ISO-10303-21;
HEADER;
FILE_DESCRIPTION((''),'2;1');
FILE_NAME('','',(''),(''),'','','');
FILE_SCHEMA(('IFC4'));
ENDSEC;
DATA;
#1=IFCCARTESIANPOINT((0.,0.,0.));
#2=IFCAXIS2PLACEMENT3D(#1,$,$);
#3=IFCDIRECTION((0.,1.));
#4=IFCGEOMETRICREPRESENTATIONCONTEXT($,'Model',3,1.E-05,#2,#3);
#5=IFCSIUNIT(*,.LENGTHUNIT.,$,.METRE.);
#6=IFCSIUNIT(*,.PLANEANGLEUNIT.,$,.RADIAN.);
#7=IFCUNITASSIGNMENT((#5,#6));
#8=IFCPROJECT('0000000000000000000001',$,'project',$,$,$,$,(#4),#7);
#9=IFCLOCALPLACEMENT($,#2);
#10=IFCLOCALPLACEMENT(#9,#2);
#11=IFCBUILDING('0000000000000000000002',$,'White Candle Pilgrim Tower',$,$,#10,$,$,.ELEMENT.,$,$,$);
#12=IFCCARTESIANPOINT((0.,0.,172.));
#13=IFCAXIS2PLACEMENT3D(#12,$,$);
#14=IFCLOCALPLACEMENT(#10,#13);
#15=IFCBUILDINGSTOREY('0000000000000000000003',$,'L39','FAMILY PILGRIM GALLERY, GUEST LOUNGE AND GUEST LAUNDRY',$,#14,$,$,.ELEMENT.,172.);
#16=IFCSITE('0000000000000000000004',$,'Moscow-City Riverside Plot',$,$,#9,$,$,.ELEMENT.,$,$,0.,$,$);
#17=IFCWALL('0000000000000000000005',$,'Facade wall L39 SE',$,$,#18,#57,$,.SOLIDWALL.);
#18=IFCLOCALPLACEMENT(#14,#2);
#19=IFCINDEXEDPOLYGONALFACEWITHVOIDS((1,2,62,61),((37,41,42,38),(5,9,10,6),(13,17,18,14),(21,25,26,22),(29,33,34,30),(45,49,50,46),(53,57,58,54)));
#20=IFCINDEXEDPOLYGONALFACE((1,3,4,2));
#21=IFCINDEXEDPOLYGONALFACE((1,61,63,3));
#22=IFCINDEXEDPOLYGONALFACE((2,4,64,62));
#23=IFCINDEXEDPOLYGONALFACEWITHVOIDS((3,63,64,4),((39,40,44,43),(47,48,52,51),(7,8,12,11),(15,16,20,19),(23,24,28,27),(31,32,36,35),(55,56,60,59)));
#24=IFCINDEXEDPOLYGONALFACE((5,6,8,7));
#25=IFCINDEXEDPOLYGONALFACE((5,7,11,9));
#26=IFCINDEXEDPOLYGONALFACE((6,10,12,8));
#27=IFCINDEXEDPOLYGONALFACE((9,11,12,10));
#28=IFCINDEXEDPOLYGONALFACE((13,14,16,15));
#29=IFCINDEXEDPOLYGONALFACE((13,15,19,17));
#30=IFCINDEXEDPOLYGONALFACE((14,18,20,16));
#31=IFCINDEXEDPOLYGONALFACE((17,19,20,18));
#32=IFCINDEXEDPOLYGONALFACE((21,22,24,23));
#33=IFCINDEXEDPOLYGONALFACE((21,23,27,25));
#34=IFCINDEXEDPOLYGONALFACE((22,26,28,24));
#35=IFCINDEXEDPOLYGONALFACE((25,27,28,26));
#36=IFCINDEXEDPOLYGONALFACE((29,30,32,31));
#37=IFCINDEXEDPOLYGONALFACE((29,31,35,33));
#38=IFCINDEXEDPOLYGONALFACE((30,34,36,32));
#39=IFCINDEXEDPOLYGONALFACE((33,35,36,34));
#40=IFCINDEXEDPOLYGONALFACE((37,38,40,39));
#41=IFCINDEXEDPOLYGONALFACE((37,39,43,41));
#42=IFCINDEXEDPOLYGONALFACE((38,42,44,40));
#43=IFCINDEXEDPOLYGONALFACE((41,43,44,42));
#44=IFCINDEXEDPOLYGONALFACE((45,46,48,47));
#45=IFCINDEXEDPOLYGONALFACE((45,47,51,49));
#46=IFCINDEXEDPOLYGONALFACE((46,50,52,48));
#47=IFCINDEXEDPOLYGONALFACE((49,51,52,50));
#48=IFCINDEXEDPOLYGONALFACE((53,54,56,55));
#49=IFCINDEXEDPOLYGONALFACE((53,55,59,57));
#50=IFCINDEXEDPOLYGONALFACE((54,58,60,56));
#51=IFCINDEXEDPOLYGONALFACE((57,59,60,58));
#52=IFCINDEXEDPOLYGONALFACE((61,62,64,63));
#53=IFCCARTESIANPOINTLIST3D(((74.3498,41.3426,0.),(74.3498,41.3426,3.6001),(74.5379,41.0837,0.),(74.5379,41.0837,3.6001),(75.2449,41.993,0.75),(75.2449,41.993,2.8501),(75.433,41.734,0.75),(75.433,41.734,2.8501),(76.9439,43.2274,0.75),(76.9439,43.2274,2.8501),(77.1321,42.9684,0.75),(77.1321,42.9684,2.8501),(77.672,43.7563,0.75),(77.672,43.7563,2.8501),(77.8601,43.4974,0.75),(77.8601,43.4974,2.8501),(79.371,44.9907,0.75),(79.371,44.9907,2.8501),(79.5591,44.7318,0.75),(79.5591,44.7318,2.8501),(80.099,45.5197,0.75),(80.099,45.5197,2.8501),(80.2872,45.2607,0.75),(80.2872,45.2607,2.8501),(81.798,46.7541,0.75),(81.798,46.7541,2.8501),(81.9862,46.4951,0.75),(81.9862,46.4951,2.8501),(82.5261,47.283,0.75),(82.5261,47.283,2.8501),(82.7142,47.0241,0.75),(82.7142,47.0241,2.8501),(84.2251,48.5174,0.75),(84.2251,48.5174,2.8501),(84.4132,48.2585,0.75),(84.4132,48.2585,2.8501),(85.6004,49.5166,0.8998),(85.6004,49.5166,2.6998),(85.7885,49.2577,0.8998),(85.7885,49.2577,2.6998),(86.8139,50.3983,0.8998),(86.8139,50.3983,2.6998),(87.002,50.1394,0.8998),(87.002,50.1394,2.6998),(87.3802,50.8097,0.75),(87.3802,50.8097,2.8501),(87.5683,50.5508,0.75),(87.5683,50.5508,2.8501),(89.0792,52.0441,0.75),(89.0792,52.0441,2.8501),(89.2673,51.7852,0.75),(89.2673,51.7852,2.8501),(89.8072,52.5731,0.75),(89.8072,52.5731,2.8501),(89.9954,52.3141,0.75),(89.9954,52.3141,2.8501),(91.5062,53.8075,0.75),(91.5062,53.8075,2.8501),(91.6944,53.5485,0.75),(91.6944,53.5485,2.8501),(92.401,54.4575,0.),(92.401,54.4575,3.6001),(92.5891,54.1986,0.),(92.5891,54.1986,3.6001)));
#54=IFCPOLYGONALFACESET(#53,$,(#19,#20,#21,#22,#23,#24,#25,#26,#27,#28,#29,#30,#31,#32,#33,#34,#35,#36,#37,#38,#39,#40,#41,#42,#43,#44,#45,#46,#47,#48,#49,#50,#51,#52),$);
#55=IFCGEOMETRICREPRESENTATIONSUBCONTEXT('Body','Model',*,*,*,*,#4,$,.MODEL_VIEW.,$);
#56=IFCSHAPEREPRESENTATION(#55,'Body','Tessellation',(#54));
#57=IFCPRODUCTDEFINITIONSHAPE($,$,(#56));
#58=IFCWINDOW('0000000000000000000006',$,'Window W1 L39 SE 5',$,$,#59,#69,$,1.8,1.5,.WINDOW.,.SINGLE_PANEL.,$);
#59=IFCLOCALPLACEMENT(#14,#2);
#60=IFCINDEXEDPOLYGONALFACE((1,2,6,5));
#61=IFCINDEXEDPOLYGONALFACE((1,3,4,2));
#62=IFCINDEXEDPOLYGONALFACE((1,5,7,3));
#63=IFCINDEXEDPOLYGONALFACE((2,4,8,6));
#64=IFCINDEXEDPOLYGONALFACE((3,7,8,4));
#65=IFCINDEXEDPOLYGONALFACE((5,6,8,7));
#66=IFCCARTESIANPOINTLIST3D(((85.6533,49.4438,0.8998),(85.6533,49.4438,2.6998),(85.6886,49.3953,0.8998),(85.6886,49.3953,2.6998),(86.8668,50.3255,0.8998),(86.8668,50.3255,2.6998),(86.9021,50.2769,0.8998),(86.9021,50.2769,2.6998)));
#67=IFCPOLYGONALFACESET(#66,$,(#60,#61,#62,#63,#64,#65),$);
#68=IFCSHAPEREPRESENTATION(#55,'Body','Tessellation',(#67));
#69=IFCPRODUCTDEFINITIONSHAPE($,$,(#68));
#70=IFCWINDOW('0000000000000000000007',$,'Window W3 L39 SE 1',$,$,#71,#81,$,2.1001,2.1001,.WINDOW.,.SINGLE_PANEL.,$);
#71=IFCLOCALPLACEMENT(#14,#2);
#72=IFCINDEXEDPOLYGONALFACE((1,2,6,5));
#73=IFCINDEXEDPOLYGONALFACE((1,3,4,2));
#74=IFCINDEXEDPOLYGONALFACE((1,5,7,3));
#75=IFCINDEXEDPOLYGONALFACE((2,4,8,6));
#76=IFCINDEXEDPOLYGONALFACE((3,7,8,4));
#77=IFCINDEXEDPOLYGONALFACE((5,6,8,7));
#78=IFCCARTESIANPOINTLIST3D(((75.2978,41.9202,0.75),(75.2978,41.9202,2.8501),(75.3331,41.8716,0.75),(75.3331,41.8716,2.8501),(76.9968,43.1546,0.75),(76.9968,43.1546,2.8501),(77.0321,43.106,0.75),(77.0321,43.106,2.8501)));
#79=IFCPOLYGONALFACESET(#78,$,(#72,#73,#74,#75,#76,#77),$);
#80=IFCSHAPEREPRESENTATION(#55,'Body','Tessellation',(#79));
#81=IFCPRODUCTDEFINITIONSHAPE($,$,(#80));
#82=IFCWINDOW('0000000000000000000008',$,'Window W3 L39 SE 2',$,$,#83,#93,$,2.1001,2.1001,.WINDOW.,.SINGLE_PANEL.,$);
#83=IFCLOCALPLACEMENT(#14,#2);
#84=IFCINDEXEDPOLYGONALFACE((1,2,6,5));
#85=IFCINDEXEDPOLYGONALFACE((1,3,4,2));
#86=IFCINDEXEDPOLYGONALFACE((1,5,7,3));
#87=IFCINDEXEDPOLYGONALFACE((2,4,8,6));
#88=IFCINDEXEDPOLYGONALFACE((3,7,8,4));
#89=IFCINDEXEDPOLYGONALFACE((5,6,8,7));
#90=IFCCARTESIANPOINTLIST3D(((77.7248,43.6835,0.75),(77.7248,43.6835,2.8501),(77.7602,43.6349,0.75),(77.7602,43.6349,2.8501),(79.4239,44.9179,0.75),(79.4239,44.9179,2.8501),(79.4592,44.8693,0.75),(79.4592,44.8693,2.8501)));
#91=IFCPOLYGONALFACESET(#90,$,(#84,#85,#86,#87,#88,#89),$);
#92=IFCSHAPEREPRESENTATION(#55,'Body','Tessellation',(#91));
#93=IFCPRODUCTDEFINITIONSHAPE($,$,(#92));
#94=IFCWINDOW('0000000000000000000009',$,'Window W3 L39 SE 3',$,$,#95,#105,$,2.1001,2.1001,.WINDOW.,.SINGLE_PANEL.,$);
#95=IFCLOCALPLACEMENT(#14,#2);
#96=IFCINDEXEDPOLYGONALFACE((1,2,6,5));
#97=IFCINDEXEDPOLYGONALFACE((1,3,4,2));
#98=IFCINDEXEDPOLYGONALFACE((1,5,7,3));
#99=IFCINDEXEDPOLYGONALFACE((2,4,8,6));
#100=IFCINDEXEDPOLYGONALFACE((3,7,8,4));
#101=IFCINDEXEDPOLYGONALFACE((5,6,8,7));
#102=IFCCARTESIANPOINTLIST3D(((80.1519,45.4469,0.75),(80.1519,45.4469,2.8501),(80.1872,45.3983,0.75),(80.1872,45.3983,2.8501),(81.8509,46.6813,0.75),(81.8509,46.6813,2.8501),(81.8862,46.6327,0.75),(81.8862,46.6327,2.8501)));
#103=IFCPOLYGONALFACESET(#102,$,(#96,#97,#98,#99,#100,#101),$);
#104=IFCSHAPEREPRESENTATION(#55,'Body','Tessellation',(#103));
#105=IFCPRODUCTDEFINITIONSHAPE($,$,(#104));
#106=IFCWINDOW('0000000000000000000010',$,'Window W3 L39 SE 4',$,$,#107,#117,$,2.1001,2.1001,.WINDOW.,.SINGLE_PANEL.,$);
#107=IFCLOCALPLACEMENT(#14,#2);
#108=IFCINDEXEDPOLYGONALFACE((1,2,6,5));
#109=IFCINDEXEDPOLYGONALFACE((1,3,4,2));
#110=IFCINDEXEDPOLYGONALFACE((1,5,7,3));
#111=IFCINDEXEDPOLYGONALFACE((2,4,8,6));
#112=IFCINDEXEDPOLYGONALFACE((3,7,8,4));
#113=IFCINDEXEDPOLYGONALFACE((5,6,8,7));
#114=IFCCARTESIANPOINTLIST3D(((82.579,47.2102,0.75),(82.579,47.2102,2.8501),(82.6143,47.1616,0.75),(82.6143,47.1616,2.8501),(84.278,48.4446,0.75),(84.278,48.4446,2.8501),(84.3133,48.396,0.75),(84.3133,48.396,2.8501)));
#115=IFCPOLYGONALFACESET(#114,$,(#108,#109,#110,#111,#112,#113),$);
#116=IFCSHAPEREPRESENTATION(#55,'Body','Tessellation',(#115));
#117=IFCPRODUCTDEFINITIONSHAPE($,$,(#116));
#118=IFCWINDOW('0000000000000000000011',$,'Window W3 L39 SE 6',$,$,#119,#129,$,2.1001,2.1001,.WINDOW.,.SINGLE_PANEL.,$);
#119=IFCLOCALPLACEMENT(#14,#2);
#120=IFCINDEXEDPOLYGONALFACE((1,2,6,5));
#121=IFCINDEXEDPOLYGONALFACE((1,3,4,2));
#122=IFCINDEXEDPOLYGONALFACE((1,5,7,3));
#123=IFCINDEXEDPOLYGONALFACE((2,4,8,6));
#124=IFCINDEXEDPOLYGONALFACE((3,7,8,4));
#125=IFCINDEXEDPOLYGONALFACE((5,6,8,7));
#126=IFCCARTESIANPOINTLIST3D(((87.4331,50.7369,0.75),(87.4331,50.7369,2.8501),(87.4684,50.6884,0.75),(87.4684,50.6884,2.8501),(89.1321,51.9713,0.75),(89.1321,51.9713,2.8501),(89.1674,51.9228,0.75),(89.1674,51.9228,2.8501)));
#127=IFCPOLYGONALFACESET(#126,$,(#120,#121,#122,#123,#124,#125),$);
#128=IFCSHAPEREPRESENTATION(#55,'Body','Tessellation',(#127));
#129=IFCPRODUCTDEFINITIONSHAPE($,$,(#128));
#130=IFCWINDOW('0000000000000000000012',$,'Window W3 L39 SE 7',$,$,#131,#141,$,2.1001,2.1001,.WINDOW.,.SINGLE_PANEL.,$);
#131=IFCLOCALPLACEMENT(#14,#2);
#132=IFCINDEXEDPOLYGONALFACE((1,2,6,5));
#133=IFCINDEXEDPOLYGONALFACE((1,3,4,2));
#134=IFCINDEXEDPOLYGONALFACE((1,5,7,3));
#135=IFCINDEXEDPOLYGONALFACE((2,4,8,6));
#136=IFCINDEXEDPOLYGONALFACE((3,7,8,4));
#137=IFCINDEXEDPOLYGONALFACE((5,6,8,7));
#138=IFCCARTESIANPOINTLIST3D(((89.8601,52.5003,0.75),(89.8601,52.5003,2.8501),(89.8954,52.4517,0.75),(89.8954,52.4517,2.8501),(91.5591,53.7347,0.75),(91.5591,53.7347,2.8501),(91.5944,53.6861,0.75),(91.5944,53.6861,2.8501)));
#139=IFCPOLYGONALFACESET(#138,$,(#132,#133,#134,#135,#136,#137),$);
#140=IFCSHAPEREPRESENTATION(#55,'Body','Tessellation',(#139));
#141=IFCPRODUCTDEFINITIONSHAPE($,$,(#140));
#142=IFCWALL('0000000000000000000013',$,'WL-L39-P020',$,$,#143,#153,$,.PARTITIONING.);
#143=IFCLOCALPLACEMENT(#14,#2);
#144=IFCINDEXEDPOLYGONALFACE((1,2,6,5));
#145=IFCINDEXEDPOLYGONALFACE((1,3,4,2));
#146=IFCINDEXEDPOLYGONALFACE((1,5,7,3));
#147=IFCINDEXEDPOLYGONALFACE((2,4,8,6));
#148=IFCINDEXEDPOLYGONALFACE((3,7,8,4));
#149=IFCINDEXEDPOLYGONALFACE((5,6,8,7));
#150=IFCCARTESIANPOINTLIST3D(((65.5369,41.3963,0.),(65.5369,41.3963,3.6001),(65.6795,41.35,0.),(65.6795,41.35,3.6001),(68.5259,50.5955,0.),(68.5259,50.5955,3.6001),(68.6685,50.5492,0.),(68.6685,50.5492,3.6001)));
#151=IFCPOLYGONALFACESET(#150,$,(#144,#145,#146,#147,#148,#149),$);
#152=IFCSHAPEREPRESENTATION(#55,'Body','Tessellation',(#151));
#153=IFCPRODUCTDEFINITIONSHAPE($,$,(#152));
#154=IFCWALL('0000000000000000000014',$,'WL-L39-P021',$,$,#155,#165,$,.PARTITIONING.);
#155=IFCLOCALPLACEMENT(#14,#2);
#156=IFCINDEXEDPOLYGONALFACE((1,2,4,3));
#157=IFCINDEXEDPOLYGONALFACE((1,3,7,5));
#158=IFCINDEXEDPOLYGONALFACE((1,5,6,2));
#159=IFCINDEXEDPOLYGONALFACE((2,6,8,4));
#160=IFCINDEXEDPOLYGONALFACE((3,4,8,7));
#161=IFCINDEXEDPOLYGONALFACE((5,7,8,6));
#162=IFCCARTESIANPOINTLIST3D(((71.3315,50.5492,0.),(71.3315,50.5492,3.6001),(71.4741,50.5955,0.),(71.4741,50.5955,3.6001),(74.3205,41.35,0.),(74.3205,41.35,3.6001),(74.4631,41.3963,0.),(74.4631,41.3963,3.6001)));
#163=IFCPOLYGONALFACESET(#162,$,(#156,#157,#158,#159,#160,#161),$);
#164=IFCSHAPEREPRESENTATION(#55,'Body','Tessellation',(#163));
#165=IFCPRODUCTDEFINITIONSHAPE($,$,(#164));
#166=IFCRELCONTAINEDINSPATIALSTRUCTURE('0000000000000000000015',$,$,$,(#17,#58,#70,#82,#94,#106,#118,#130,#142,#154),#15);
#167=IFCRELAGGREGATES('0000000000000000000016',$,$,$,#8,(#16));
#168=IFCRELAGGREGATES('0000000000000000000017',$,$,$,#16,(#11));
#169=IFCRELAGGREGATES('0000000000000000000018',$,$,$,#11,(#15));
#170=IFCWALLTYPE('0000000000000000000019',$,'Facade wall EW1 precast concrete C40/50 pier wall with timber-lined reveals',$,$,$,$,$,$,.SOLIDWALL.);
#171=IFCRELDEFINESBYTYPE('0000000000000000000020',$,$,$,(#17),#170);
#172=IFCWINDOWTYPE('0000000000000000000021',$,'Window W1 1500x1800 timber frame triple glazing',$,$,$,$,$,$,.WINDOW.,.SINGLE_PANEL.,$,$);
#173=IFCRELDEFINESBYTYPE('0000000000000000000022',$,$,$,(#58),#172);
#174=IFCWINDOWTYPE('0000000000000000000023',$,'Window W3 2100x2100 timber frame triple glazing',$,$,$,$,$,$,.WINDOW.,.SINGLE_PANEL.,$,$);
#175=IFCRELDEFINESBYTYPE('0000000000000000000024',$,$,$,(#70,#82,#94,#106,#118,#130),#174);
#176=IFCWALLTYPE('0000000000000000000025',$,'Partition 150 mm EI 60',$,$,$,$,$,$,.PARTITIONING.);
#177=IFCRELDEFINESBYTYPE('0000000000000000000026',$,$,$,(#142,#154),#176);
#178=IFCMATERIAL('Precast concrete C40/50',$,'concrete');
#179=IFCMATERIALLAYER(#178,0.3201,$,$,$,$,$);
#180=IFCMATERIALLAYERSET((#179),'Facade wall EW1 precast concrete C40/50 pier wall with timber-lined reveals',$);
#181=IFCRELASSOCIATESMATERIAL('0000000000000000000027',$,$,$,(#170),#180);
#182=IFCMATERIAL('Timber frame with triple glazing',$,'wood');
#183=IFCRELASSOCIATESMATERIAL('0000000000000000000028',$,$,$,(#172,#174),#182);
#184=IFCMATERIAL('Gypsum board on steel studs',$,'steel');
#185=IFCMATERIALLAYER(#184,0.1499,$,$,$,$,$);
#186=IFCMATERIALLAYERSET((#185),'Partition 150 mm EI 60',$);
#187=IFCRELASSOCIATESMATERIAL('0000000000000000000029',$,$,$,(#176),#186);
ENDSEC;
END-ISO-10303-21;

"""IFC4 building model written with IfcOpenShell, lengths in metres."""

from ifc_helpers import new_model, si_unit, direction, frame, frame_2d, origin, place, context, subcontext, project, spatial, rectangle, extrude, material, layer, layer_set, type_object, element, fill, save


model = new_model("IFC4")

# Units and contexts
model_context = context("Model", 3, precision=1e-05, world=origin(), true_north=direction((0.0, 1.0)))
body_context = subcontext(model_context, "Body", "Model", "MODEL_VIEW")
ifc_project = project(units=[si_unit("LENGTHUNIT", "METRE"), si_unit("PLANEANGLEUNIT", "RADIAN")], contexts=[model_context])

# Site, building, storey
site_placement = place(None, origin())
site = spatial("IfcSite", under=ifc_project, at=site_placement, Name="Moscow-City Riverside Plot", CompositionType="ELEMENT", RefElevation=0.0)
building_placement = place(site_placement, origin())
building = spatial("IfcBuilding", under=site, at=building_placement, Name="White Candle Pilgrim Tower", CompositionType="ELEMENT")
storey_placement = place(building_placement, frame((0.0, 0.0, 172.0)))
storey = spatial("IfcBuildingStorey", under=building, at=storey_placement, Name="L39", Description="FAMILY PILGRIM GALLERY, GUEST LOUNGE AND GUEST LAUNDRY", CompositionType="ELEMENT", Elevation=172.0)

# Shared definitions
ifc_material_1 = material(Name="Gypsum board on steel studs", Category="steel")

# Wall, openings, windows
ifc_material_2 = material(Name="Precast concrete C40/50", Category="concrete")
ifc_layer_1 = layer(ifc_material_2, 0.3201)
ifc_layer_set_1 = layer_set([ifc_layer_1], Name="Facade wall EW1 precast concrete C40/50 pier wall with timber-lined reveals")
wall_type_1 = type_object("IfcWallType", Name="Facade wall EW1 precast concrete C40/50 pier wall with timber-lined reveals", PredefinedType="SOLIDWALL", material=ifc_layer_set_1)
wall_1_placement = place(storey_placement, frame((74.4438, 41.2131, 0.0), z_axis=(0.0, 0.0, 1.0), x_axis=(0.809018, 0.587785, 0.0)))
wall_1 = element("IfcWall", 1, at=wall_1_placement, inside=storey, type_object=wall_type_1, Name="Facade wall L39 SE", PredefinedType="SOLIDWALL", context=body_context, shape_type="SweptSolid", body=[
    extrude(rectangle(XDim=22.3125, YDim=0.3201, at=frame_2d((11.1562, 0.0))), origin(), (0.0, 0.0, 1.0), 3.6001),
])
opening_1_placement = place(wall_1_placement, frame((1.1064, 0.0, 0.75)))
opening_1 = element("IfcOpeningElement", 2, at=opening_1_placement, cuts=wall_1, PredefinedType="OPENING", context=body_context, shape_type="SweptSolid", body=[
    extrude(rectangle(XDim=2.1001, YDim=2.1001, at=frame_2d((1.05, 1.05))), frame((0.0, 0.1699, 0.0), z_axis=(0.0, -1.0, 0.0), x_axis=(1.0, 0.0, 0.0)), (0.0, 0.0, 1.0), 0.3401),
])
opening_2_placement = place(wall_1_placement, frame((4.1064, 0.0, 0.75)))
opening_2 = element("IfcOpeningElement", 3, at=opening_2_placement, cuts=wall_1, PredefinedType="OPENING", context=body_context, shape_type="SweptSolid", body=[
    extrude(rectangle(XDim=2.1001, YDim=2.1001, at=frame_2d((1.05, 1.05))), frame((0.0, 0.1699, 0.0), z_axis=(0.0, -1.0, 0.0), x_axis=(1.0, 0.0, 0.0)), (0.0, 0.0, 1.0), 0.3401),
])
opening_3_placement = place(wall_1_placement, frame((7.1064, 0.0, 0.75)))
opening_3 = element("IfcOpeningElement", 4, at=opening_3_placement, cuts=wall_1, PredefinedType="OPENING", context=body_context, shape_type="SweptSolid", body=[
    extrude(rectangle(XDim=2.1001, YDim=2.1001, at=frame_2d((1.05, 1.05))), frame((0.0, 0.1699, 0.0), z_axis=(0.0, -1.0, 0.0), x_axis=(1.0, 0.0, 0.0)), (0.0, 0.0, 1.0), 0.3401),
])
opening_4_placement = place(wall_1_placement, frame((10.1064, 0.0, 0.75)))
opening_4 = element("IfcOpeningElement", 5, at=opening_4_placement, cuts=wall_1, PredefinedType="OPENING", context=body_context, shape_type="SweptSolid", body=[
    extrude(rectangle(XDim=2.1001, YDim=2.1001, at=frame_2d((1.05, 1.05))), frame((0.0, 0.1699, 0.0), z_axis=(0.0, -1.0, 0.0), x_axis=(1.0, 0.0, 0.0)), (0.0, 0.0, 1.0), 0.3401),
])
opening_5_placement = place(wall_1_placement, frame((13.9065, 0.0, 0.8999)))
opening_5 = element("IfcOpeningElement", 6, at=opening_5_placement, cuts=wall_1, PredefinedType="OPENING", context=body_context, shape_type="SweptSolid", body=[
    extrude(rectangle(XDim=1.5, YDim=1.8, at=frame_2d((0.75, 0.8999))), frame((0.0, 0.1699, 0.0), z_axis=(0.0, -1.0, 0.0), x_axis=(1.0, 0.0, 0.0)), (0.0, 0.0, 1.0), 0.3401),
])
opening_6_placement = place(wall_1_placement, frame((16.1064, 0.0, 0.75)))
opening_6 = element("IfcOpeningElement", 7, at=opening_6_placement, cuts=wall_1, PredefinedType="OPENING", context=body_context, shape_type="SweptSolid", body=[
    extrude(rectangle(XDim=2.1001, YDim=2.1001, at=frame_2d((1.05, 1.05))), frame((0.0, 0.1699, 0.0), z_axis=(0.0, -1.0, 0.0), x_axis=(1.0, 0.0, 0.0)), (0.0, 0.0, 1.0), 0.3401),
])
opening_7_placement = place(wall_1_placement, frame((19.1064, 0.0, 0.75)))
opening_7 = element("IfcOpeningElement", 8, at=opening_7_placement, cuts=wall_1, PredefinedType="OPENING", context=body_context, shape_type="SweptSolid", body=[
    extrude(rectangle(XDim=2.1001, YDim=2.1001, at=frame_2d((1.05, 1.05))), frame((0.0, 0.1699, 0.0), z_axis=(0.0, -1.0, 0.0), x_axis=(1.0, 0.0, 0.0)), (0.0, 0.0, 1.0), 0.3401),
])
ifc_material_3 = material(Name="Timber frame with triple glazing", Category="wood")
window_type_1 = type_object("IfcWindowType", Name="Window W1 1500x1800 timber frame triple glazing", PartitioningType="SINGLE_PANEL", PredefinedType="WINDOW", material=ifc_material_3)
window_1_placement = place(opening_5_placement, origin())
window_1 = element("IfcWindow", 9, at=window_1_placement, inside=storey, type_object=window_type_1, Name="Window W1 L39 SE 5", OverallHeight=1.8, OverallWidth=1.5, PartitioningType="SINGLE_PANEL", PredefinedType="WINDOW", context=body_context, shape_type="SweptSolid", body=[
    extrude(rectangle(XDim=1.5, YDim=1.8, at=frame_2d((0.75, 0.8999))), frame((0.0, 0.0701, 0.0), z_axis=(0.0, -1.0, 0.0), x_axis=(1.0, 0.0, 0.0)), (0.0, 0.0, 1.0), 0.0601),
])
fill(opening_5, window_1)
window_type_2 = type_object("IfcWindowType", Name="Window W3 2100x2100 timber frame triple glazing", PartitioningType="SINGLE_PANEL", PredefinedType="WINDOW", material=ifc_material_3)
window_2_placement = place(opening_1_placement, origin())
window_2 = element("IfcWindow", 10, at=window_2_placement, inside=storey, type_object=window_type_2, Name="Window W3 L39 SE 1", OverallHeight=2.1001, OverallWidth=2.1001, PartitioningType="SINGLE_PANEL", PredefinedType="WINDOW", context=body_context, shape_type="SweptSolid", body=[
    extrude(rectangle(XDim=2.1001, YDim=2.1001, at=frame_2d((1.05, 1.05))), frame((0.0, 0.0701, 0.0), z_axis=(0.0, -1.0, 0.0), x_axis=(1.0, 0.0, 0.0)), (0.0, 0.0, 1.0), 0.0601),
])
fill(opening_1, window_2)
window_3_placement = place(opening_2_placement, origin())
window_3 = element("IfcWindow", 11, at=window_3_placement, inside=storey, type_object=window_type_2, Name="Window W3 L39 SE 2", OverallHeight=2.1001, OverallWidth=2.1001, PartitioningType="SINGLE_PANEL", PredefinedType="WINDOW", context=body_context, shape_type="SweptSolid", body=[
    extrude(rectangle(XDim=2.1001, YDim=2.1001, at=frame_2d((1.05, 1.05))), frame((0.0, 0.0701, 0.0), z_axis=(0.0, -1.0, 0.0), x_axis=(1.0, 0.0, 0.0)), (0.0, 0.0, 1.0), 0.0601),
])
fill(opening_2, window_3)
window_4_placement = place(opening_3_placement, origin())
window_4 = element("IfcWindow", 12, at=window_4_placement, inside=storey, type_object=window_type_2, Name="Window W3 L39 SE 3", OverallHeight=2.1001, OverallWidth=2.1001, PartitioningType="SINGLE_PANEL", PredefinedType="WINDOW", context=body_context, shape_type="SweptSolid", body=[
    extrude(rectangle(XDim=2.1001, YDim=2.1001, at=frame_2d((1.05, 1.05))), frame((0.0, 0.0701, 0.0), z_axis=(0.0, -1.0, 0.0), x_axis=(1.0, 0.0, 0.0)), (0.0, 0.0, 1.0), 0.0601),
])
fill(opening_3, window_4)
window_5_placement = place(opening_4_placement, origin())
window_5 = element("IfcWindow", 13, at=window_5_placement, inside=storey, type_object=window_type_2, Name="Window W3 L39 SE 4", OverallHeight=2.1001, OverallWidth=2.1001, PartitioningType="SINGLE_PANEL", PredefinedType="WINDOW", context=body_context, shape_type="SweptSolid", body=[
    extrude(rectangle(XDim=2.1001, YDim=2.1001, at=frame_2d((1.05, 1.05))), frame((0.0, 0.0701, 0.0), z_axis=(0.0, -1.0, 0.0), x_axis=(1.0, 0.0, 0.0)), (0.0, 0.0, 1.0), 0.0601),
])
fill(opening_4, window_5)
window_6_placement = place(opening_6_placement, origin())
window_6 = element("IfcWindow", 14, at=window_6_placement, inside=storey, type_object=window_type_2, Name="Window W3 L39 SE 6", OverallHeight=2.1001, OverallWidth=2.1001, PartitioningType="SINGLE_PANEL", PredefinedType="WINDOW", context=body_context, shape_type="SweptSolid", body=[
    extrude(rectangle(XDim=2.1001, YDim=2.1001, at=frame_2d((1.05, 1.05))), frame((0.0, 0.0701, 0.0), z_axis=(0.0, -1.0, 0.0), x_axis=(1.0, 0.0, 0.0)), (0.0, 0.0, 1.0), 0.0601),
])
fill(opening_6, window_6)
window_7_placement = place(opening_7_placement, origin())
window_7 = element("IfcWindow", 15, at=window_7_placement, inside=storey, type_object=window_type_2, Name="Window W3 L39 SE 7", OverallHeight=2.1001, OverallWidth=2.1001, PartitioningType="SINGLE_PANEL", PredefinedType="WINDOW", context=body_context, shape_type="SweptSolid", body=[
    extrude(rectangle(XDim=2.1001, YDim=2.1001, at=frame_2d((1.05, 1.05))), frame((0.0, 0.0701, 0.0), z_axis=(0.0, -1.0, 0.0), x_axis=(1.0, 0.0, 0.0)), (0.0, 0.0, 1.0), 0.0601),
])
fill(opening_7, window_7)

# Walls
ifc_layer_2 = layer(ifc_material_1, 0.1499)
ifc_layer_set_2 = layer_set([ifc_layer_2], Name="Partition 150 mm EI 60")
wall_type_2 = type_object("IfcWallType", Name="Partition 150 mm EI 60", PredefinedType="PARTITIONING", material=ifc_layer_set_2)
for number, where, z_axis, x_axis, name in (
    (16, (65.6082, 41.373, 0.0), (0.0, 0.0, 1.0), (0.309018, 0.951056, 0.0), "WL-L39-P020"),
    (17, (74.3918, 41.373, 0.0), (0.0, 0.0, 1.0), (-0.309018, 0.951056, 0.0), "WL-L39-P021"),
):
    element("IfcWall", number, at=place(storey_placement, frame(where, z_axis=z_axis, x_axis=x_axis)), inside=storey, type_object=wall_type_2, Name=name, PredefinedType="PARTITIONING", context=body_context, shape_type="SweptSolid", body=[
        extrude(rectangle(XDim=9.6726, YDim=0.1499, at=frame_2d((4.8364, 0.0))), origin(), (0.0, 0.0, 1.0), 3.6001),
    ])

save(model, "model.ifc")
